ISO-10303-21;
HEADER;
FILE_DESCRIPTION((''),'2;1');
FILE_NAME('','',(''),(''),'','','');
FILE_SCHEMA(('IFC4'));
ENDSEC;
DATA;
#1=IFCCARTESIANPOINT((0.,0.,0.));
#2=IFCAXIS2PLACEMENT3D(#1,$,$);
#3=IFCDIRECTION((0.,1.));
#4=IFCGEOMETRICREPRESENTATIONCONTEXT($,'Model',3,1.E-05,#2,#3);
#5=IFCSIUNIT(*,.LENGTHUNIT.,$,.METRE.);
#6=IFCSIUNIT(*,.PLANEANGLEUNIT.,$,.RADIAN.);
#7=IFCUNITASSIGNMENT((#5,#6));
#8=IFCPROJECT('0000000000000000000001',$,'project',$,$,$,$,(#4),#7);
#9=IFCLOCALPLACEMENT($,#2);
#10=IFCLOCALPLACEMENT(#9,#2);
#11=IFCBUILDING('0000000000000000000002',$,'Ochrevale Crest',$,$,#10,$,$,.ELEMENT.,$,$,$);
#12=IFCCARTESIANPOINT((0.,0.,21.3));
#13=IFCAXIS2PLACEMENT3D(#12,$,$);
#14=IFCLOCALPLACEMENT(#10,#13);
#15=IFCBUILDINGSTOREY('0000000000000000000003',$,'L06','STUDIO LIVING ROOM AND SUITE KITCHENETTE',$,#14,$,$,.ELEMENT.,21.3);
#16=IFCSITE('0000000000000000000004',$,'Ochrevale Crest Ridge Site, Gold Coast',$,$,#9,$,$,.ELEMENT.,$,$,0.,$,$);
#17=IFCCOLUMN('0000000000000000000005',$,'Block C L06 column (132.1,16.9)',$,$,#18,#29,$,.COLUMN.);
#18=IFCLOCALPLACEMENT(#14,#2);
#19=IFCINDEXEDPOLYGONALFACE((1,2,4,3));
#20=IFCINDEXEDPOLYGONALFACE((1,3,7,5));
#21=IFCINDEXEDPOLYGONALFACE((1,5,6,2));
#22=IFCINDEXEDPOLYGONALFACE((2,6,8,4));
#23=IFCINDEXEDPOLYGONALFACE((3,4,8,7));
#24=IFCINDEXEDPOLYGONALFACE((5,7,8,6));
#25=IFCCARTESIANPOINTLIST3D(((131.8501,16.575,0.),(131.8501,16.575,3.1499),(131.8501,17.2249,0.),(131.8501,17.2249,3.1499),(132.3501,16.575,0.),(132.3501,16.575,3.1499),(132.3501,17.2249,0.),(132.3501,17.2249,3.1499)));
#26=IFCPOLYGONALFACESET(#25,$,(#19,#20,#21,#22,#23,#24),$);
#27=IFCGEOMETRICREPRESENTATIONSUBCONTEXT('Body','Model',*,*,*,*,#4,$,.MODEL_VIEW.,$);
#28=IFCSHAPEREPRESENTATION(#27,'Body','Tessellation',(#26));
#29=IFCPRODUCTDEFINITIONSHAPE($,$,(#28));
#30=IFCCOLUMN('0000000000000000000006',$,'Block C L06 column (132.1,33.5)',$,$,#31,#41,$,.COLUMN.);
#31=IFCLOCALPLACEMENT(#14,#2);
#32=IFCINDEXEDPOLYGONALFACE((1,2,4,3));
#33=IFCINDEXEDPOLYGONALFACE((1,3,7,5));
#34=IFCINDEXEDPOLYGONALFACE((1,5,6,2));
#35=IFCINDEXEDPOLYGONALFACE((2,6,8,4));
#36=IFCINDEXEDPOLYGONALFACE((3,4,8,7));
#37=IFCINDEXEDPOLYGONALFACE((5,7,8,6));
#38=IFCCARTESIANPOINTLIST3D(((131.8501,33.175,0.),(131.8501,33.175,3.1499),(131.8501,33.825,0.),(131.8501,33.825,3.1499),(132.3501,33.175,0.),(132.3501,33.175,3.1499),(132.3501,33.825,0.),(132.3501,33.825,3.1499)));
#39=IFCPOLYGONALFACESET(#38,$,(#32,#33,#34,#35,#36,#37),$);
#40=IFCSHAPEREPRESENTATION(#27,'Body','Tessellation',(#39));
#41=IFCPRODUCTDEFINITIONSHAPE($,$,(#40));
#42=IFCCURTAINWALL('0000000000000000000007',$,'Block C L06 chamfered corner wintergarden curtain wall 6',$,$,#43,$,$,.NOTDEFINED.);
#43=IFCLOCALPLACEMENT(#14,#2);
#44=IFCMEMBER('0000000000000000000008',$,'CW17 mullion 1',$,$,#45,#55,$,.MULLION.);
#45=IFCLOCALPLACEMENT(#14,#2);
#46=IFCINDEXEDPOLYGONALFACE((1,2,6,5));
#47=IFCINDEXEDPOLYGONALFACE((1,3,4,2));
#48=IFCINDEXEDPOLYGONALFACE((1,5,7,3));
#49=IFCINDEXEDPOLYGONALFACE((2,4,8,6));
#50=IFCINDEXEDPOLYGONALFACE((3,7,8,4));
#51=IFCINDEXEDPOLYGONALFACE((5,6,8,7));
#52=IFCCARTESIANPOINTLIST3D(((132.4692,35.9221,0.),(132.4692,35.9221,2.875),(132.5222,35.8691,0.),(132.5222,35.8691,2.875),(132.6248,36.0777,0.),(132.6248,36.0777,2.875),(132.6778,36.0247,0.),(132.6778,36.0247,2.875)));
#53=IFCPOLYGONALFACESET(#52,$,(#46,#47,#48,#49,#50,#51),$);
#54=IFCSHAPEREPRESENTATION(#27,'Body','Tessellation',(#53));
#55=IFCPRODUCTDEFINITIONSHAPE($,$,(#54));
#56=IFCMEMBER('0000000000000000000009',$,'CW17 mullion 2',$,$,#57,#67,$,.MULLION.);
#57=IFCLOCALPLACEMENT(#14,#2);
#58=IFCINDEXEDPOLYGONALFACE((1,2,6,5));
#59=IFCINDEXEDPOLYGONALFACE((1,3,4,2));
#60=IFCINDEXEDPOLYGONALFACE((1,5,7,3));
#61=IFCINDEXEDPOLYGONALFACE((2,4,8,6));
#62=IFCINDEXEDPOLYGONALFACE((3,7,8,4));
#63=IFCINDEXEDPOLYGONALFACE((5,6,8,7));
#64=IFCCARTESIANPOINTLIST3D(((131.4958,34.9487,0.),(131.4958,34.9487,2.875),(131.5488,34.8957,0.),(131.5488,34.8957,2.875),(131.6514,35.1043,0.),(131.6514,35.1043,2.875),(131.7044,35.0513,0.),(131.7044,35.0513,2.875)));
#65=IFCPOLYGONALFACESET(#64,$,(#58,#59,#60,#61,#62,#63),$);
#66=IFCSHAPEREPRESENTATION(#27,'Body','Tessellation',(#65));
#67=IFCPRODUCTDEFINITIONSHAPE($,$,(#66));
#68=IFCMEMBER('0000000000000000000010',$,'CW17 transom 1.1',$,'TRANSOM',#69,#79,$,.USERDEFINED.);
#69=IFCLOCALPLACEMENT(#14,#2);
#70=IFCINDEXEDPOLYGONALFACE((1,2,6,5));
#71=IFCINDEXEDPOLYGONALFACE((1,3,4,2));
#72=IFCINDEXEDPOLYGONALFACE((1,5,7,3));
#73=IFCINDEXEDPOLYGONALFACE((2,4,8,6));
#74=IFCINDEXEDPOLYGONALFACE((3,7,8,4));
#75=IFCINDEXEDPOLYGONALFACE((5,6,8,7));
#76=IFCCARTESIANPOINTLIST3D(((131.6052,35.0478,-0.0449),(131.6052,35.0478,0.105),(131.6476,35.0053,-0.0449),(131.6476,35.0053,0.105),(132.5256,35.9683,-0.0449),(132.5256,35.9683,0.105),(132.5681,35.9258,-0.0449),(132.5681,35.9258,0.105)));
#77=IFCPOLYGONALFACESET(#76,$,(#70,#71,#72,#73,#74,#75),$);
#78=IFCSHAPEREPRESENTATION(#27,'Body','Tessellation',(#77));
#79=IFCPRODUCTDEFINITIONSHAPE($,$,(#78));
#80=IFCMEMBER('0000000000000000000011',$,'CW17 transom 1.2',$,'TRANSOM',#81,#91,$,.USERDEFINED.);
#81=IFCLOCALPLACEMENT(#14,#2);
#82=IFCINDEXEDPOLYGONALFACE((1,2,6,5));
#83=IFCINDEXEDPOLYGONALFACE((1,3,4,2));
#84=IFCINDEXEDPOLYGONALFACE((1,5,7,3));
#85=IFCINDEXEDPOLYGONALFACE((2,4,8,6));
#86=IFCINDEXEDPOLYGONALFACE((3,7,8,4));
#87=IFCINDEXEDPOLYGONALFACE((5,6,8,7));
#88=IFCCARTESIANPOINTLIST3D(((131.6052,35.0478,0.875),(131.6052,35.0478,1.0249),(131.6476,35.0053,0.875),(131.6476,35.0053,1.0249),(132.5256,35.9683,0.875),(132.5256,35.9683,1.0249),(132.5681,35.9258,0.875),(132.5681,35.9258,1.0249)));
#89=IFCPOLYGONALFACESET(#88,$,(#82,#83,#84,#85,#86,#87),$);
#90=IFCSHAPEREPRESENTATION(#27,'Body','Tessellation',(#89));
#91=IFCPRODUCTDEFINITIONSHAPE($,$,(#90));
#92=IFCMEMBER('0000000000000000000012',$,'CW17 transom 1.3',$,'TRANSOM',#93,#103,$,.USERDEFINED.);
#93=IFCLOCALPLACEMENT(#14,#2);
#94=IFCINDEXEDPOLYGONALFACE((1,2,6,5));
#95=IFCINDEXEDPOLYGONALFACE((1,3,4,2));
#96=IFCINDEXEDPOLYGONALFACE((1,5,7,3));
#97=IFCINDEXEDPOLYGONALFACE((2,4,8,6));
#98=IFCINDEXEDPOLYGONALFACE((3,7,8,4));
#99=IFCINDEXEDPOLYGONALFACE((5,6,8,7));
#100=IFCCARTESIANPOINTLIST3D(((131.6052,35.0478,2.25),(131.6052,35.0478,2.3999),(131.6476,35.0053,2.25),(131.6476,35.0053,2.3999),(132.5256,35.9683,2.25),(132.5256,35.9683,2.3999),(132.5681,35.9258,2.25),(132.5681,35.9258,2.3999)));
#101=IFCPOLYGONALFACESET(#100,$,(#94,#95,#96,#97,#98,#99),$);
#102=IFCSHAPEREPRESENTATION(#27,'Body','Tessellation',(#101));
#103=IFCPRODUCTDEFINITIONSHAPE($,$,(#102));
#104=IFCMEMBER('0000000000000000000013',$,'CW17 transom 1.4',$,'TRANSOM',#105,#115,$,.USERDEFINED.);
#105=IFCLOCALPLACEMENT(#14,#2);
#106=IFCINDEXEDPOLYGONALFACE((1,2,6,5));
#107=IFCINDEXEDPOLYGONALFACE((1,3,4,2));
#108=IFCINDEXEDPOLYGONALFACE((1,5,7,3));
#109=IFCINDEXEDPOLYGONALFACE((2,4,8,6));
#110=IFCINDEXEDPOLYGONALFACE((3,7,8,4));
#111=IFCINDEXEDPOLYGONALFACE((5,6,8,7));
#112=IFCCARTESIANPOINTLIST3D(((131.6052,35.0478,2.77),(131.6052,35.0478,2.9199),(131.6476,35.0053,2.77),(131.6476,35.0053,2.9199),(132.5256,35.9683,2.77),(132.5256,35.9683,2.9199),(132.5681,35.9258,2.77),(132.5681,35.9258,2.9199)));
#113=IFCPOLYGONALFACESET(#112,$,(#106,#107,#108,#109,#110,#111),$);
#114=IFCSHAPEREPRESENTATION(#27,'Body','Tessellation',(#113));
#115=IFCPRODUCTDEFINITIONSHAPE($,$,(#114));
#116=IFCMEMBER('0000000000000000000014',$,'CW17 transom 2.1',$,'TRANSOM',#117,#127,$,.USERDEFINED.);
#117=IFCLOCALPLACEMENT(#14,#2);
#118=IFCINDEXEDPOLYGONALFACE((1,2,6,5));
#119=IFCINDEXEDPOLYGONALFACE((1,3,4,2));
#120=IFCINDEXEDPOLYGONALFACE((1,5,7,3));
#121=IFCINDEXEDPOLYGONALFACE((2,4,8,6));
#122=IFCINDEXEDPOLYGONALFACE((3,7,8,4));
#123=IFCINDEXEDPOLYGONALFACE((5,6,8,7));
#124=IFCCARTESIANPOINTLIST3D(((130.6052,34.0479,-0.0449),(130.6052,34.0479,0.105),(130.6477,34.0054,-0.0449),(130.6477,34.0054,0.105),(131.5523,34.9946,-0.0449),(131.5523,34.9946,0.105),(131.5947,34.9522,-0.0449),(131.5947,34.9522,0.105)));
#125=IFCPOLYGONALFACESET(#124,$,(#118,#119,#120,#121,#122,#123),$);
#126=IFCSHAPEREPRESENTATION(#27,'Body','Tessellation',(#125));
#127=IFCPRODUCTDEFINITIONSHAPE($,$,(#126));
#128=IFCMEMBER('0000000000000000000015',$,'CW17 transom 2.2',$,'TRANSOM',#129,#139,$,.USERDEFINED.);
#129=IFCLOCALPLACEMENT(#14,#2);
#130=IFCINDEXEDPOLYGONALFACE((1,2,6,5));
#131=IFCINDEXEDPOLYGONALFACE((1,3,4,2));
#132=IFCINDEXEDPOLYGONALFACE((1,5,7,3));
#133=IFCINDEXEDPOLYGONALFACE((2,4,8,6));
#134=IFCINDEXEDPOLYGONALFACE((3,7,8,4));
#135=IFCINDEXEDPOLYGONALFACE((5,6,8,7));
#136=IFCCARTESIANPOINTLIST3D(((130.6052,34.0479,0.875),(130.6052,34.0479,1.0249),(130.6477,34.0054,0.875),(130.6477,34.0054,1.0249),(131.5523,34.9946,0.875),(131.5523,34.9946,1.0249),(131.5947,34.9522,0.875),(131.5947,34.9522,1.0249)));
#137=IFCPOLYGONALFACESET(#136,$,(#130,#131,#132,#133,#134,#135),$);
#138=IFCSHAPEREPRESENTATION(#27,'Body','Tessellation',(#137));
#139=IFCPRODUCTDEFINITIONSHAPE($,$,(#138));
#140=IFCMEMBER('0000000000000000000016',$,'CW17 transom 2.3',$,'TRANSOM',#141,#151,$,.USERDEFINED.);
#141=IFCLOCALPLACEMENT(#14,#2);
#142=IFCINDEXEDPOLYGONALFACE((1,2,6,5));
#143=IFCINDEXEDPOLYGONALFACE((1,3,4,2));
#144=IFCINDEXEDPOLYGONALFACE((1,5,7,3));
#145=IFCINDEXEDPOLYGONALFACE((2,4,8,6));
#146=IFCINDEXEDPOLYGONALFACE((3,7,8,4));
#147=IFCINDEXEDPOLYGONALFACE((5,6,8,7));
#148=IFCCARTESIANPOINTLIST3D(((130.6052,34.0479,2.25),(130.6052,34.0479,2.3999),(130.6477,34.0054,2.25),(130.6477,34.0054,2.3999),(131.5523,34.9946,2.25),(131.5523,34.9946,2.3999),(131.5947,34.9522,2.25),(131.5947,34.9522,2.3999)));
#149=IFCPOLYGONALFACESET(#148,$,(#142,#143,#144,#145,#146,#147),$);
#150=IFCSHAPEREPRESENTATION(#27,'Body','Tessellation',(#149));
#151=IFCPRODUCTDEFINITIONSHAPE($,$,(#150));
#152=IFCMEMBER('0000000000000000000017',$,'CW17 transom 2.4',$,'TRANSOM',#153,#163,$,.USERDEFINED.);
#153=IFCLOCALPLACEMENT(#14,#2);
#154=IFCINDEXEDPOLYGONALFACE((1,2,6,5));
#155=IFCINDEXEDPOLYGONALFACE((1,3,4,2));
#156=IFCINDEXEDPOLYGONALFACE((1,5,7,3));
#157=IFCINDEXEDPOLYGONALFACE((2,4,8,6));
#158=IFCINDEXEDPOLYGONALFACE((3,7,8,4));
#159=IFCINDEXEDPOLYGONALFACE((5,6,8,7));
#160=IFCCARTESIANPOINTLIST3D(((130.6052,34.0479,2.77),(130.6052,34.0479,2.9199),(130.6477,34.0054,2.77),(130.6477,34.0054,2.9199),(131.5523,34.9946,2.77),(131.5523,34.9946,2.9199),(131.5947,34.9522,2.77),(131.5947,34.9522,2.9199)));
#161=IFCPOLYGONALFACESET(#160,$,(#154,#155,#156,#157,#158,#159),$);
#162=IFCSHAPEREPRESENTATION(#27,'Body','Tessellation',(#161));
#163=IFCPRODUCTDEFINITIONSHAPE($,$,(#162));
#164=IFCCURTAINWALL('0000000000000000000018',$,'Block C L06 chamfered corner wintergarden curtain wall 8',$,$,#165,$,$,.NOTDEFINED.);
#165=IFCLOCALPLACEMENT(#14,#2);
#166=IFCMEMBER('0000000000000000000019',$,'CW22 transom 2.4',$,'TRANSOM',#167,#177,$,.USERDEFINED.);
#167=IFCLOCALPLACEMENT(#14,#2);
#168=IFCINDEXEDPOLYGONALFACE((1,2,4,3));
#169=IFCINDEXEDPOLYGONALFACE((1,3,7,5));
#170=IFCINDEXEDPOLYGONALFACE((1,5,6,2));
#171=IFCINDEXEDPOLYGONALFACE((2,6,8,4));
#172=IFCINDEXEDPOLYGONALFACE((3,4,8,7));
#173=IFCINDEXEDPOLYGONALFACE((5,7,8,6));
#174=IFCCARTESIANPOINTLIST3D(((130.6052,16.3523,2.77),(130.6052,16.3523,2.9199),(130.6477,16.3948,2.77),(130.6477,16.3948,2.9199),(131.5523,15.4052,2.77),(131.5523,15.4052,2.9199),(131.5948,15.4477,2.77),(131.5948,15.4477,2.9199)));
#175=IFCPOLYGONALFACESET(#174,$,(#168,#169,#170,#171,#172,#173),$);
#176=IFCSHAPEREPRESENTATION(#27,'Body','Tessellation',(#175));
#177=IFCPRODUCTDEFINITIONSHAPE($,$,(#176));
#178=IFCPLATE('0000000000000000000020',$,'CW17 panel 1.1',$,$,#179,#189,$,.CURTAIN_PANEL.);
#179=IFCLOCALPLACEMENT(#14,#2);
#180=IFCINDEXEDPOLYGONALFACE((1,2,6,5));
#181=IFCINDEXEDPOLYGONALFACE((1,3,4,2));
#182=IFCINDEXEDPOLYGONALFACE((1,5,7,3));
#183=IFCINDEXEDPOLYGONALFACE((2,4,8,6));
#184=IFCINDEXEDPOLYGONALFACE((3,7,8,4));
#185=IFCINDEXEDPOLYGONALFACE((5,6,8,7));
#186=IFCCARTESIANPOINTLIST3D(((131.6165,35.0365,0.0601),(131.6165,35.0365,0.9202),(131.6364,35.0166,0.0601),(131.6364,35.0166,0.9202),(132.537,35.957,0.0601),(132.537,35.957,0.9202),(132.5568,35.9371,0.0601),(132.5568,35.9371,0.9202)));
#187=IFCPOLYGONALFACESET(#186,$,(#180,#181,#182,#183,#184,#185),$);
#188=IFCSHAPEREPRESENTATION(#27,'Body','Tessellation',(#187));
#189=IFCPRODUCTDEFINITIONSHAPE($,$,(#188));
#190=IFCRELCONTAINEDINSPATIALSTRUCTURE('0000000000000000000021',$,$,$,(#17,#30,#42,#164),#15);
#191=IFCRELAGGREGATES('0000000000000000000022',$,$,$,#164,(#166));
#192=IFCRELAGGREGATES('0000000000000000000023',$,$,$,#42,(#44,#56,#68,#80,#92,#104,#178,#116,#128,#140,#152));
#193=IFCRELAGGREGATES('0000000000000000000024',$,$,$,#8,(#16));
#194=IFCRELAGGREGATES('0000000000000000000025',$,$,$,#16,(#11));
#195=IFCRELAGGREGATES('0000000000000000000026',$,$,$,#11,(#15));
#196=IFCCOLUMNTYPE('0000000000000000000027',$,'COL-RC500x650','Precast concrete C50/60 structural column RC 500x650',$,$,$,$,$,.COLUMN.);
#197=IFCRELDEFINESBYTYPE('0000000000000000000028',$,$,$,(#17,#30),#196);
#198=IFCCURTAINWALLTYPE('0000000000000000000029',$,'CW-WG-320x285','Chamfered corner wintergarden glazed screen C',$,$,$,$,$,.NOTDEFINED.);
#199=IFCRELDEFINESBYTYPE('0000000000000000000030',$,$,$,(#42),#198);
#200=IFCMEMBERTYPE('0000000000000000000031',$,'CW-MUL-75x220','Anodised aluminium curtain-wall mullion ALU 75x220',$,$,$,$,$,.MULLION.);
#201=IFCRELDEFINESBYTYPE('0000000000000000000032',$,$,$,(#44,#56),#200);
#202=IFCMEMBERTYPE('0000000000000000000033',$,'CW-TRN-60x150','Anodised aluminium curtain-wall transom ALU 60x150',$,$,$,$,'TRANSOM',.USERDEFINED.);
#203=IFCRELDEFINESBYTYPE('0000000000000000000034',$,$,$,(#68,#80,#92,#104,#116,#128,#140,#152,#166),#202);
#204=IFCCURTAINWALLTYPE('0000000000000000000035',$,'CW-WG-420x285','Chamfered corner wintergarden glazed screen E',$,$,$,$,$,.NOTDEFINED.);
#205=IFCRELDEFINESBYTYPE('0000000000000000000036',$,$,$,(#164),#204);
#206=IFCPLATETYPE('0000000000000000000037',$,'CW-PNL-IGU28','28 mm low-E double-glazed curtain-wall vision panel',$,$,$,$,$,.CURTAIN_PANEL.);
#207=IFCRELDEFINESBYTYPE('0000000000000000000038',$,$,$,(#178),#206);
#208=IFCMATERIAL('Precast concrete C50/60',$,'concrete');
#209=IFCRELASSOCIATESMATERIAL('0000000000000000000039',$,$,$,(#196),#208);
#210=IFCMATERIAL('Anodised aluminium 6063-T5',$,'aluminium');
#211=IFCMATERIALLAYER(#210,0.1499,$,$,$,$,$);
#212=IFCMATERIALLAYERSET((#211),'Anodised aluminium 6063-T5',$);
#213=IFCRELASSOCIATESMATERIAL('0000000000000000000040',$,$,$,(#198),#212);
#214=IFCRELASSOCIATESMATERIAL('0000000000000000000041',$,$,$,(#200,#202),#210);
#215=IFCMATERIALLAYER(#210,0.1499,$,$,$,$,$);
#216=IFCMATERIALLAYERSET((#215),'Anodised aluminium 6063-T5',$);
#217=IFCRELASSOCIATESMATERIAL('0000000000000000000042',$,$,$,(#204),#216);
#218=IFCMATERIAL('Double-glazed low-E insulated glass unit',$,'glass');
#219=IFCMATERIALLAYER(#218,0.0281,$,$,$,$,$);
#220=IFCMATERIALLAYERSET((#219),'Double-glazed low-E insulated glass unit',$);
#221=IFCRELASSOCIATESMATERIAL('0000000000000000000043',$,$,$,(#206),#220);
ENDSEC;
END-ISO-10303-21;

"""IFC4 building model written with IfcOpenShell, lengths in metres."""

from ifc_helpers import new_model, si_unit, direction, frame, origin, origin_2d, place, context, subcontext, project, spatial, rectangle, extrude, material, layer, layer_set, material_profile, profile_set, type_object, element, aggregate, save


model = new_model("IFC4")

# Units and contexts
model_context = context("Model", 3, precision=1e-05, world=origin(), true_north=direction((0.0, 1.0)))
body_context = subcontext(model_context, "Body", "Model", "MODEL_VIEW")
ifc_project = project(units=[si_unit("LENGTHUNIT", "METRE"), si_unit("PLANEANGLEUNIT", "RADIAN")], contexts=[model_context])

# Site, building, storey
site_placement = place(None, origin())
site = spatial("IfcSite", under=ifc_project, at=site_placement, Name="Ochrevale Crest Ridge Site, Gold Coast", CompositionType="ELEMENT", RefElevation=0.0)
building_placement = place(site_placement, origin())
building = spatial("IfcBuilding", under=site, at=building_placement, Name="Ochrevale Crest", CompositionType="ELEMENT")
storey_placement = place(building_placement, frame((0.0, 0.0, 21.3)))
storey = spatial("IfcBuildingStorey", under=building, at=storey_placement, Name="L06", Description="STUDIO LIVING ROOM AND SUITE KITCHENETTE", CompositionType="ELEMENT", Elevation=21.3)

# Columns
ifc_material_1 = material(Name="Precast concrete C50/60", Category="concrete")
ifc_material_profile_1 = material_profile(ifc_material_1, rectangle(XDim=0.5, YDim=0.6499, at=origin_2d()), Name="RC 500x650")
ifc_profile_set_1 = profile_set([ifc_material_profile_1], Name="Precast concrete C50/60")
column_type = type_object("IfcColumnType", Name="COL-RC500x650", Description="Precast concrete C50/60 structural column RC 500x650", PredefinedType="COLUMN", material=ifc_profile_set_1)
for number, where, z_axis, x_axis, name in (
    (1, (132.1001, 16.8999, 0.0), (0.0, 0.0, 1.0), (1.0, 0.0, 0.0), "Block C L06 column (132.1,16.9)"),
    (2, (132.1001, 33.5, 0.0), (0.0, 0.0, 1.0), (1.0, 0.0, 0.0), "Block C L06 column (132.1,33.5)"),
):
    element("IfcColumn", number, at=place(storey_placement, frame(where, z_axis=z_axis, x_axis=x_axis)), inside=storey, type_object=column_type, Name=name, PredefinedType="COLUMN", context=body_context, shape_type="SweptSolid", body=[
        extrude(rectangle(XDim=0.5, YDim=0.6499, at=origin_2d()), origin(), (0.0, 0.0, 1.0), 3.1499),
    ])

# Curtain wall, members
ifc_material_2 = material(Name="Anodised aluminium 6063-T5", Category="aluminium")
ifc_layer_1 = layer(ifc_material_2, 0.1499)
ifc_layer_set_1 = layer_set([ifc_layer_1], Name="Anodised aluminium 6063-T5")
curtain_wall_type_1 = type_object("IfcCurtainWallType", Name="CW-WG-320x285", Description="Chamfered corner wintergarden glazed screen C", PredefinedType="NOTDEFINED", material=ifc_layer_set_1)
curtain_wall_1_placement = place(storey_placement, origin())
curtain_wall_1 = element("IfcCurtainWall", 3, at=curtain_wall_1_placement, inside=storey, type_object=curtain_wall_type_1, Name="Block C L06 chamfered corner wintergarden curtain wall 6", PredefinedType="NOTDEFINED")
ifc_material_profile_2 = material_profile(ifc_material_2, rectangle(XDim=0.075, YDim=0.22, at=origin_2d()), Name="ALU 75x220")
ifc_profile_set_2 = profile_set([ifc_material_profile_2], Name="Anodised aluminium 6063-T5")
member_type_1 = type_object("IfcMemberType", Name="CW-MUL-75x220", Description="Anodised aluminium curtain-wall mullion ALU 75x220", PredefinedType="MULLION", material=ifc_profile_set_2)
member_1_placement = place(storey_placement, frame((132.5735, 35.9734, 0.0), z_axis=(0.0, 0.0, 1.0), x_axis=(0.707107, -0.707107, 0.0)))
member_1 = element("IfcMember", 4, at=member_1_placement, type_object=member_type_1, Name="CW17 mullion 1", PredefinedType="MULLION", context=body_context, shape_type="SweptSolid", body=[
    extrude(rectangle(XDim=0.075, YDim=0.22, at=origin_2d()), origin(), (0.0, 0.0, 1.0), 2.875),
])
member_2_placement = place(storey_placement, frame((131.6001, 35.0, 0.0), z_axis=(0.0, 0.0, 1.0), x_axis=(0.707107, -0.707107, 0.0)))
member_2 = element("IfcMember", 5, at=member_2_placement, type_object=member_type_1, Name="CW17 mullion 2", PredefinedType="MULLION", context=body_context, shape_type="SweptSolid", body=[
    extrude(rectangle(XDim=0.075, YDim=0.22, at=origin_2d()), origin(), (0.0, 0.0, 1.0), 2.875),
])
ifc_material_profile_3 = material_profile(ifc_material_2, rectangle(XDim=0.0601, YDim=0.1499, at=origin_2d()), Name="ALU 60x150")
ifc_profile_set_3 = profile_set([ifc_material_profile_3], Name="Anodised aluminium 6063-T5")
member_type_2 = type_object("IfcMemberType", Name="CW-TRN-60x150", Description="Anodised aluminium curtain-wall transom ALU 60x150", ElementType="TRANSOM", PredefinedType="USERDEFINED", material=ifc_profile_set_3)
member_3_placement = place(storey_placement, frame((132.5469, 35.947, 0.03), z_axis=(-0.707107, -0.707107, 0.0), x_axis=(0.707107, -0.707107, 0.0)))
member_3 = element("IfcMember", 6, at=member_3_placement, type_object=member_type_2, Name="CW17 transom 1.1", ObjectType="TRANSOM", PredefinedType="USERDEFINED", context=body_context, shape_type="SweptSolid", body=[
    extrude(rectangle(XDim=0.0601, YDim=0.1499, at=origin_2d()), origin(), (0.0, 0.0, 1.0), 1.3018),
])
member_4_placement = place(storey_placement, frame((132.5469, 35.947, 0.95), z_axis=(-0.707107, -0.707107, 0.0), x_axis=(0.707107, -0.707107, 0.0)))
member_4 = element("IfcMember", 7, at=member_4_placement, type_object=member_type_2, Name="CW17 transom 1.2", ObjectType="TRANSOM", PredefinedType="USERDEFINED", context=body_context, shape_type="SweptSolid", body=[
    extrude(rectangle(XDim=0.0601, YDim=0.1499, at=origin_2d()), origin(), (0.0, 0.0, 1.0), 1.3018),
])
member_5_placement = place(storey_placement, frame((132.5469, 35.947, 2.325), z_axis=(-0.707107, -0.707107, 0.0), x_axis=(0.707107, -0.707107, 0.0)))
member_5 = element("IfcMember", 8, at=member_5_placement, type_object=member_type_2, Name="CW17 transom 1.3", ObjectType="TRANSOM", PredefinedType="USERDEFINED", context=body_context, shape_type="SweptSolid", body=[
    extrude(rectangle(XDim=0.0601, YDim=0.1499, at=origin_2d()), origin(), (0.0, 0.0, 1.0), 1.3018),
])
member_6_placement = place(storey_placement, frame((132.5469, 35.947, 2.845), z_axis=(-0.707107, -0.707107, 0.0), x_axis=(0.707107, -0.707107, 0.0)))
member_6 = element("IfcMember", 9, at=member_6_placement, type_object=member_type_2, Name="CW17 transom 1.4", ObjectType="TRANSOM", PredefinedType="USERDEFINED", context=body_context, shape_type="SweptSolid", body=[
    extrude(rectangle(XDim=0.0601, YDim=0.1499, at=origin_2d()), origin(), (0.0, 0.0, 1.0), 1.3018),
])
member_7_placement = place(storey_placement, frame((131.5735, 34.9734, 0.03), z_axis=(-0.707198, -0.707016, 0.0), x_axis=(0.707016, -0.707198, 0.0)))
member_7 = element("IfcMember", 10, at=member_7_placement, type_object=member_type_2, Name="CW17 transom 2.1", ObjectType="TRANSOM", PredefinedType="USERDEFINED", context=body_context, shape_type="SweptSolid", body=[
    extrude(rectangle(XDim=0.0601, YDim=0.1499, at=origin_2d()), origin(), (0.0, 0.0, 1.0), 1.3391),
])
member_8_placement = place(storey_placement, frame((131.5735, 34.9734, 0.95), z_axis=(-0.707198, -0.707016, 0.0), x_axis=(0.707016, -0.707198, 0.0)))
member_8 = element("IfcMember", 11, at=member_8_placement, type_object=member_type_2, Name="CW17 transom 2.2", ObjectType="TRANSOM", PredefinedType="USERDEFINED", context=body_context, shape_type="SweptSolid", body=[
    extrude(rectangle(XDim=0.0601, YDim=0.1499, at=origin_2d()), origin(), (0.0, 0.0, 1.0), 1.3391),
])
member_9_placement = place(storey_placement, frame((131.5735, 34.9734, 2.325), z_axis=(-0.707198, -0.707016, 0.0), x_axis=(0.707016, -0.707198, 0.0)))
member_9 = element("IfcMember", 12, at=member_9_placement, type_object=member_type_2, Name="CW17 transom 2.3", ObjectType="TRANSOM", PredefinedType="USERDEFINED", context=body_context, shape_type="SweptSolid", body=[
    extrude(rectangle(XDim=0.0601, YDim=0.1499, at=origin_2d()), origin(), (0.0, 0.0, 1.0), 1.3391),
])
member_10_placement = place(storey_placement, frame((131.5735, 34.9734, 2.845), z_axis=(-0.707198, -0.707016, 0.0), x_axis=(0.707016, -0.707198, 0.0)))
member_10 = element("IfcMember", 13, at=member_10_placement, type_object=member_type_2, Name="CW17 transom 2.4", ObjectType="TRANSOM", PredefinedType="USERDEFINED", context=body_context, shape_type="SweptSolid", body=[
    extrude(rectangle(XDim=0.0601, YDim=0.1499, at=origin_2d()), origin(), (0.0, 0.0, 1.0), 1.3391),
])

# Curtain wall, member
ifc_layer_2 = layer(ifc_material_2, 0.1499)
ifc_layer_set_2 = layer_set([ifc_layer_2], Name="Anodised aluminium 6063-T5")
curtain_wall_type_2 = type_object("IfcCurtainWallType", Name="CW-WG-420x285", Description="Chamfered corner wintergarden glazed screen E", PredefinedType="NOTDEFINED", material=ifc_layer_set_2)
curtain_wall_2_placement = place(storey_placement, origin())
curtain_wall_2 = element("IfcCurtainWall", 14, at=curtain_wall_2_placement, inside=storey, type_object=curtain_wall_type_2, Name="Block C L06 chamfered corner wintergarden curtain wall 8", PredefinedType="NOTDEFINED")
member_11_placement = place(storey_placement, frame((130.6265, 16.3735, 2.845), z_axis=(0.707107, -0.707107, 0.0), x_axis=(0.707107, 0.707107, 0.0)))
member_11 = element("IfcMember", 15, at=member_11_placement, type_object=member_type_2, Name="CW22 transom 2.4", ObjectType="TRANSOM", PredefinedType="USERDEFINED", context=body_context, shape_type="SweptSolid", body=[
    extrude(rectangle(XDim=0.0601, YDim=0.1499, at=origin_2d()), origin(), (0.0, 0.0, 1.0), 1.3394),
])
aggregate(curtain_wall_2, [member_11])

# Plate
ifc_material_3 = material(Name="Double-glazed low-E insulated glass unit", Category="glass")
ifc_layer_3 = layer(ifc_material_3, 0.0281)
ifc_layer_set_3 = layer_set([ifc_layer_3], Name="Double-glazed low-E insulated glass unit")
plate_type = type_object("IfcPlateType", Name="CW-PNL-IGU28", Description="28 mm low-E double-glazed curtain-wall vision panel", PredefinedType="CURTAIN_PANEL", material=ifc_layer_set_3)
plate_1_placement = place(storey_placement, frame((132.0867, 35.4868, 0.0601), z_axis=(0.0, 0.0, 1.0), x_axis=(-0.707107, -0.707107, 0.0)))
plate_1 = element("IfcPlate", 16, at=plate_1_placement, type_object=plate_type, Name="CW17 panel 1.1", PredefinedType="CURTAIN_PANEL", context=body_context, shape_type="SweptSolid", body=[
    extrude(rectangle(XDim=1.3018, YDim=0.0281, at=origin_2d()), origin(), (0.0, 0.0, 1.0), 0.8601),
])
aggregate(curtain_wall_1, [member_1, member_2, member_3, member_4, member_5, member_6, plate_1, member_7, member_8, member_9, member_10])

save(model, "model.ifc")
